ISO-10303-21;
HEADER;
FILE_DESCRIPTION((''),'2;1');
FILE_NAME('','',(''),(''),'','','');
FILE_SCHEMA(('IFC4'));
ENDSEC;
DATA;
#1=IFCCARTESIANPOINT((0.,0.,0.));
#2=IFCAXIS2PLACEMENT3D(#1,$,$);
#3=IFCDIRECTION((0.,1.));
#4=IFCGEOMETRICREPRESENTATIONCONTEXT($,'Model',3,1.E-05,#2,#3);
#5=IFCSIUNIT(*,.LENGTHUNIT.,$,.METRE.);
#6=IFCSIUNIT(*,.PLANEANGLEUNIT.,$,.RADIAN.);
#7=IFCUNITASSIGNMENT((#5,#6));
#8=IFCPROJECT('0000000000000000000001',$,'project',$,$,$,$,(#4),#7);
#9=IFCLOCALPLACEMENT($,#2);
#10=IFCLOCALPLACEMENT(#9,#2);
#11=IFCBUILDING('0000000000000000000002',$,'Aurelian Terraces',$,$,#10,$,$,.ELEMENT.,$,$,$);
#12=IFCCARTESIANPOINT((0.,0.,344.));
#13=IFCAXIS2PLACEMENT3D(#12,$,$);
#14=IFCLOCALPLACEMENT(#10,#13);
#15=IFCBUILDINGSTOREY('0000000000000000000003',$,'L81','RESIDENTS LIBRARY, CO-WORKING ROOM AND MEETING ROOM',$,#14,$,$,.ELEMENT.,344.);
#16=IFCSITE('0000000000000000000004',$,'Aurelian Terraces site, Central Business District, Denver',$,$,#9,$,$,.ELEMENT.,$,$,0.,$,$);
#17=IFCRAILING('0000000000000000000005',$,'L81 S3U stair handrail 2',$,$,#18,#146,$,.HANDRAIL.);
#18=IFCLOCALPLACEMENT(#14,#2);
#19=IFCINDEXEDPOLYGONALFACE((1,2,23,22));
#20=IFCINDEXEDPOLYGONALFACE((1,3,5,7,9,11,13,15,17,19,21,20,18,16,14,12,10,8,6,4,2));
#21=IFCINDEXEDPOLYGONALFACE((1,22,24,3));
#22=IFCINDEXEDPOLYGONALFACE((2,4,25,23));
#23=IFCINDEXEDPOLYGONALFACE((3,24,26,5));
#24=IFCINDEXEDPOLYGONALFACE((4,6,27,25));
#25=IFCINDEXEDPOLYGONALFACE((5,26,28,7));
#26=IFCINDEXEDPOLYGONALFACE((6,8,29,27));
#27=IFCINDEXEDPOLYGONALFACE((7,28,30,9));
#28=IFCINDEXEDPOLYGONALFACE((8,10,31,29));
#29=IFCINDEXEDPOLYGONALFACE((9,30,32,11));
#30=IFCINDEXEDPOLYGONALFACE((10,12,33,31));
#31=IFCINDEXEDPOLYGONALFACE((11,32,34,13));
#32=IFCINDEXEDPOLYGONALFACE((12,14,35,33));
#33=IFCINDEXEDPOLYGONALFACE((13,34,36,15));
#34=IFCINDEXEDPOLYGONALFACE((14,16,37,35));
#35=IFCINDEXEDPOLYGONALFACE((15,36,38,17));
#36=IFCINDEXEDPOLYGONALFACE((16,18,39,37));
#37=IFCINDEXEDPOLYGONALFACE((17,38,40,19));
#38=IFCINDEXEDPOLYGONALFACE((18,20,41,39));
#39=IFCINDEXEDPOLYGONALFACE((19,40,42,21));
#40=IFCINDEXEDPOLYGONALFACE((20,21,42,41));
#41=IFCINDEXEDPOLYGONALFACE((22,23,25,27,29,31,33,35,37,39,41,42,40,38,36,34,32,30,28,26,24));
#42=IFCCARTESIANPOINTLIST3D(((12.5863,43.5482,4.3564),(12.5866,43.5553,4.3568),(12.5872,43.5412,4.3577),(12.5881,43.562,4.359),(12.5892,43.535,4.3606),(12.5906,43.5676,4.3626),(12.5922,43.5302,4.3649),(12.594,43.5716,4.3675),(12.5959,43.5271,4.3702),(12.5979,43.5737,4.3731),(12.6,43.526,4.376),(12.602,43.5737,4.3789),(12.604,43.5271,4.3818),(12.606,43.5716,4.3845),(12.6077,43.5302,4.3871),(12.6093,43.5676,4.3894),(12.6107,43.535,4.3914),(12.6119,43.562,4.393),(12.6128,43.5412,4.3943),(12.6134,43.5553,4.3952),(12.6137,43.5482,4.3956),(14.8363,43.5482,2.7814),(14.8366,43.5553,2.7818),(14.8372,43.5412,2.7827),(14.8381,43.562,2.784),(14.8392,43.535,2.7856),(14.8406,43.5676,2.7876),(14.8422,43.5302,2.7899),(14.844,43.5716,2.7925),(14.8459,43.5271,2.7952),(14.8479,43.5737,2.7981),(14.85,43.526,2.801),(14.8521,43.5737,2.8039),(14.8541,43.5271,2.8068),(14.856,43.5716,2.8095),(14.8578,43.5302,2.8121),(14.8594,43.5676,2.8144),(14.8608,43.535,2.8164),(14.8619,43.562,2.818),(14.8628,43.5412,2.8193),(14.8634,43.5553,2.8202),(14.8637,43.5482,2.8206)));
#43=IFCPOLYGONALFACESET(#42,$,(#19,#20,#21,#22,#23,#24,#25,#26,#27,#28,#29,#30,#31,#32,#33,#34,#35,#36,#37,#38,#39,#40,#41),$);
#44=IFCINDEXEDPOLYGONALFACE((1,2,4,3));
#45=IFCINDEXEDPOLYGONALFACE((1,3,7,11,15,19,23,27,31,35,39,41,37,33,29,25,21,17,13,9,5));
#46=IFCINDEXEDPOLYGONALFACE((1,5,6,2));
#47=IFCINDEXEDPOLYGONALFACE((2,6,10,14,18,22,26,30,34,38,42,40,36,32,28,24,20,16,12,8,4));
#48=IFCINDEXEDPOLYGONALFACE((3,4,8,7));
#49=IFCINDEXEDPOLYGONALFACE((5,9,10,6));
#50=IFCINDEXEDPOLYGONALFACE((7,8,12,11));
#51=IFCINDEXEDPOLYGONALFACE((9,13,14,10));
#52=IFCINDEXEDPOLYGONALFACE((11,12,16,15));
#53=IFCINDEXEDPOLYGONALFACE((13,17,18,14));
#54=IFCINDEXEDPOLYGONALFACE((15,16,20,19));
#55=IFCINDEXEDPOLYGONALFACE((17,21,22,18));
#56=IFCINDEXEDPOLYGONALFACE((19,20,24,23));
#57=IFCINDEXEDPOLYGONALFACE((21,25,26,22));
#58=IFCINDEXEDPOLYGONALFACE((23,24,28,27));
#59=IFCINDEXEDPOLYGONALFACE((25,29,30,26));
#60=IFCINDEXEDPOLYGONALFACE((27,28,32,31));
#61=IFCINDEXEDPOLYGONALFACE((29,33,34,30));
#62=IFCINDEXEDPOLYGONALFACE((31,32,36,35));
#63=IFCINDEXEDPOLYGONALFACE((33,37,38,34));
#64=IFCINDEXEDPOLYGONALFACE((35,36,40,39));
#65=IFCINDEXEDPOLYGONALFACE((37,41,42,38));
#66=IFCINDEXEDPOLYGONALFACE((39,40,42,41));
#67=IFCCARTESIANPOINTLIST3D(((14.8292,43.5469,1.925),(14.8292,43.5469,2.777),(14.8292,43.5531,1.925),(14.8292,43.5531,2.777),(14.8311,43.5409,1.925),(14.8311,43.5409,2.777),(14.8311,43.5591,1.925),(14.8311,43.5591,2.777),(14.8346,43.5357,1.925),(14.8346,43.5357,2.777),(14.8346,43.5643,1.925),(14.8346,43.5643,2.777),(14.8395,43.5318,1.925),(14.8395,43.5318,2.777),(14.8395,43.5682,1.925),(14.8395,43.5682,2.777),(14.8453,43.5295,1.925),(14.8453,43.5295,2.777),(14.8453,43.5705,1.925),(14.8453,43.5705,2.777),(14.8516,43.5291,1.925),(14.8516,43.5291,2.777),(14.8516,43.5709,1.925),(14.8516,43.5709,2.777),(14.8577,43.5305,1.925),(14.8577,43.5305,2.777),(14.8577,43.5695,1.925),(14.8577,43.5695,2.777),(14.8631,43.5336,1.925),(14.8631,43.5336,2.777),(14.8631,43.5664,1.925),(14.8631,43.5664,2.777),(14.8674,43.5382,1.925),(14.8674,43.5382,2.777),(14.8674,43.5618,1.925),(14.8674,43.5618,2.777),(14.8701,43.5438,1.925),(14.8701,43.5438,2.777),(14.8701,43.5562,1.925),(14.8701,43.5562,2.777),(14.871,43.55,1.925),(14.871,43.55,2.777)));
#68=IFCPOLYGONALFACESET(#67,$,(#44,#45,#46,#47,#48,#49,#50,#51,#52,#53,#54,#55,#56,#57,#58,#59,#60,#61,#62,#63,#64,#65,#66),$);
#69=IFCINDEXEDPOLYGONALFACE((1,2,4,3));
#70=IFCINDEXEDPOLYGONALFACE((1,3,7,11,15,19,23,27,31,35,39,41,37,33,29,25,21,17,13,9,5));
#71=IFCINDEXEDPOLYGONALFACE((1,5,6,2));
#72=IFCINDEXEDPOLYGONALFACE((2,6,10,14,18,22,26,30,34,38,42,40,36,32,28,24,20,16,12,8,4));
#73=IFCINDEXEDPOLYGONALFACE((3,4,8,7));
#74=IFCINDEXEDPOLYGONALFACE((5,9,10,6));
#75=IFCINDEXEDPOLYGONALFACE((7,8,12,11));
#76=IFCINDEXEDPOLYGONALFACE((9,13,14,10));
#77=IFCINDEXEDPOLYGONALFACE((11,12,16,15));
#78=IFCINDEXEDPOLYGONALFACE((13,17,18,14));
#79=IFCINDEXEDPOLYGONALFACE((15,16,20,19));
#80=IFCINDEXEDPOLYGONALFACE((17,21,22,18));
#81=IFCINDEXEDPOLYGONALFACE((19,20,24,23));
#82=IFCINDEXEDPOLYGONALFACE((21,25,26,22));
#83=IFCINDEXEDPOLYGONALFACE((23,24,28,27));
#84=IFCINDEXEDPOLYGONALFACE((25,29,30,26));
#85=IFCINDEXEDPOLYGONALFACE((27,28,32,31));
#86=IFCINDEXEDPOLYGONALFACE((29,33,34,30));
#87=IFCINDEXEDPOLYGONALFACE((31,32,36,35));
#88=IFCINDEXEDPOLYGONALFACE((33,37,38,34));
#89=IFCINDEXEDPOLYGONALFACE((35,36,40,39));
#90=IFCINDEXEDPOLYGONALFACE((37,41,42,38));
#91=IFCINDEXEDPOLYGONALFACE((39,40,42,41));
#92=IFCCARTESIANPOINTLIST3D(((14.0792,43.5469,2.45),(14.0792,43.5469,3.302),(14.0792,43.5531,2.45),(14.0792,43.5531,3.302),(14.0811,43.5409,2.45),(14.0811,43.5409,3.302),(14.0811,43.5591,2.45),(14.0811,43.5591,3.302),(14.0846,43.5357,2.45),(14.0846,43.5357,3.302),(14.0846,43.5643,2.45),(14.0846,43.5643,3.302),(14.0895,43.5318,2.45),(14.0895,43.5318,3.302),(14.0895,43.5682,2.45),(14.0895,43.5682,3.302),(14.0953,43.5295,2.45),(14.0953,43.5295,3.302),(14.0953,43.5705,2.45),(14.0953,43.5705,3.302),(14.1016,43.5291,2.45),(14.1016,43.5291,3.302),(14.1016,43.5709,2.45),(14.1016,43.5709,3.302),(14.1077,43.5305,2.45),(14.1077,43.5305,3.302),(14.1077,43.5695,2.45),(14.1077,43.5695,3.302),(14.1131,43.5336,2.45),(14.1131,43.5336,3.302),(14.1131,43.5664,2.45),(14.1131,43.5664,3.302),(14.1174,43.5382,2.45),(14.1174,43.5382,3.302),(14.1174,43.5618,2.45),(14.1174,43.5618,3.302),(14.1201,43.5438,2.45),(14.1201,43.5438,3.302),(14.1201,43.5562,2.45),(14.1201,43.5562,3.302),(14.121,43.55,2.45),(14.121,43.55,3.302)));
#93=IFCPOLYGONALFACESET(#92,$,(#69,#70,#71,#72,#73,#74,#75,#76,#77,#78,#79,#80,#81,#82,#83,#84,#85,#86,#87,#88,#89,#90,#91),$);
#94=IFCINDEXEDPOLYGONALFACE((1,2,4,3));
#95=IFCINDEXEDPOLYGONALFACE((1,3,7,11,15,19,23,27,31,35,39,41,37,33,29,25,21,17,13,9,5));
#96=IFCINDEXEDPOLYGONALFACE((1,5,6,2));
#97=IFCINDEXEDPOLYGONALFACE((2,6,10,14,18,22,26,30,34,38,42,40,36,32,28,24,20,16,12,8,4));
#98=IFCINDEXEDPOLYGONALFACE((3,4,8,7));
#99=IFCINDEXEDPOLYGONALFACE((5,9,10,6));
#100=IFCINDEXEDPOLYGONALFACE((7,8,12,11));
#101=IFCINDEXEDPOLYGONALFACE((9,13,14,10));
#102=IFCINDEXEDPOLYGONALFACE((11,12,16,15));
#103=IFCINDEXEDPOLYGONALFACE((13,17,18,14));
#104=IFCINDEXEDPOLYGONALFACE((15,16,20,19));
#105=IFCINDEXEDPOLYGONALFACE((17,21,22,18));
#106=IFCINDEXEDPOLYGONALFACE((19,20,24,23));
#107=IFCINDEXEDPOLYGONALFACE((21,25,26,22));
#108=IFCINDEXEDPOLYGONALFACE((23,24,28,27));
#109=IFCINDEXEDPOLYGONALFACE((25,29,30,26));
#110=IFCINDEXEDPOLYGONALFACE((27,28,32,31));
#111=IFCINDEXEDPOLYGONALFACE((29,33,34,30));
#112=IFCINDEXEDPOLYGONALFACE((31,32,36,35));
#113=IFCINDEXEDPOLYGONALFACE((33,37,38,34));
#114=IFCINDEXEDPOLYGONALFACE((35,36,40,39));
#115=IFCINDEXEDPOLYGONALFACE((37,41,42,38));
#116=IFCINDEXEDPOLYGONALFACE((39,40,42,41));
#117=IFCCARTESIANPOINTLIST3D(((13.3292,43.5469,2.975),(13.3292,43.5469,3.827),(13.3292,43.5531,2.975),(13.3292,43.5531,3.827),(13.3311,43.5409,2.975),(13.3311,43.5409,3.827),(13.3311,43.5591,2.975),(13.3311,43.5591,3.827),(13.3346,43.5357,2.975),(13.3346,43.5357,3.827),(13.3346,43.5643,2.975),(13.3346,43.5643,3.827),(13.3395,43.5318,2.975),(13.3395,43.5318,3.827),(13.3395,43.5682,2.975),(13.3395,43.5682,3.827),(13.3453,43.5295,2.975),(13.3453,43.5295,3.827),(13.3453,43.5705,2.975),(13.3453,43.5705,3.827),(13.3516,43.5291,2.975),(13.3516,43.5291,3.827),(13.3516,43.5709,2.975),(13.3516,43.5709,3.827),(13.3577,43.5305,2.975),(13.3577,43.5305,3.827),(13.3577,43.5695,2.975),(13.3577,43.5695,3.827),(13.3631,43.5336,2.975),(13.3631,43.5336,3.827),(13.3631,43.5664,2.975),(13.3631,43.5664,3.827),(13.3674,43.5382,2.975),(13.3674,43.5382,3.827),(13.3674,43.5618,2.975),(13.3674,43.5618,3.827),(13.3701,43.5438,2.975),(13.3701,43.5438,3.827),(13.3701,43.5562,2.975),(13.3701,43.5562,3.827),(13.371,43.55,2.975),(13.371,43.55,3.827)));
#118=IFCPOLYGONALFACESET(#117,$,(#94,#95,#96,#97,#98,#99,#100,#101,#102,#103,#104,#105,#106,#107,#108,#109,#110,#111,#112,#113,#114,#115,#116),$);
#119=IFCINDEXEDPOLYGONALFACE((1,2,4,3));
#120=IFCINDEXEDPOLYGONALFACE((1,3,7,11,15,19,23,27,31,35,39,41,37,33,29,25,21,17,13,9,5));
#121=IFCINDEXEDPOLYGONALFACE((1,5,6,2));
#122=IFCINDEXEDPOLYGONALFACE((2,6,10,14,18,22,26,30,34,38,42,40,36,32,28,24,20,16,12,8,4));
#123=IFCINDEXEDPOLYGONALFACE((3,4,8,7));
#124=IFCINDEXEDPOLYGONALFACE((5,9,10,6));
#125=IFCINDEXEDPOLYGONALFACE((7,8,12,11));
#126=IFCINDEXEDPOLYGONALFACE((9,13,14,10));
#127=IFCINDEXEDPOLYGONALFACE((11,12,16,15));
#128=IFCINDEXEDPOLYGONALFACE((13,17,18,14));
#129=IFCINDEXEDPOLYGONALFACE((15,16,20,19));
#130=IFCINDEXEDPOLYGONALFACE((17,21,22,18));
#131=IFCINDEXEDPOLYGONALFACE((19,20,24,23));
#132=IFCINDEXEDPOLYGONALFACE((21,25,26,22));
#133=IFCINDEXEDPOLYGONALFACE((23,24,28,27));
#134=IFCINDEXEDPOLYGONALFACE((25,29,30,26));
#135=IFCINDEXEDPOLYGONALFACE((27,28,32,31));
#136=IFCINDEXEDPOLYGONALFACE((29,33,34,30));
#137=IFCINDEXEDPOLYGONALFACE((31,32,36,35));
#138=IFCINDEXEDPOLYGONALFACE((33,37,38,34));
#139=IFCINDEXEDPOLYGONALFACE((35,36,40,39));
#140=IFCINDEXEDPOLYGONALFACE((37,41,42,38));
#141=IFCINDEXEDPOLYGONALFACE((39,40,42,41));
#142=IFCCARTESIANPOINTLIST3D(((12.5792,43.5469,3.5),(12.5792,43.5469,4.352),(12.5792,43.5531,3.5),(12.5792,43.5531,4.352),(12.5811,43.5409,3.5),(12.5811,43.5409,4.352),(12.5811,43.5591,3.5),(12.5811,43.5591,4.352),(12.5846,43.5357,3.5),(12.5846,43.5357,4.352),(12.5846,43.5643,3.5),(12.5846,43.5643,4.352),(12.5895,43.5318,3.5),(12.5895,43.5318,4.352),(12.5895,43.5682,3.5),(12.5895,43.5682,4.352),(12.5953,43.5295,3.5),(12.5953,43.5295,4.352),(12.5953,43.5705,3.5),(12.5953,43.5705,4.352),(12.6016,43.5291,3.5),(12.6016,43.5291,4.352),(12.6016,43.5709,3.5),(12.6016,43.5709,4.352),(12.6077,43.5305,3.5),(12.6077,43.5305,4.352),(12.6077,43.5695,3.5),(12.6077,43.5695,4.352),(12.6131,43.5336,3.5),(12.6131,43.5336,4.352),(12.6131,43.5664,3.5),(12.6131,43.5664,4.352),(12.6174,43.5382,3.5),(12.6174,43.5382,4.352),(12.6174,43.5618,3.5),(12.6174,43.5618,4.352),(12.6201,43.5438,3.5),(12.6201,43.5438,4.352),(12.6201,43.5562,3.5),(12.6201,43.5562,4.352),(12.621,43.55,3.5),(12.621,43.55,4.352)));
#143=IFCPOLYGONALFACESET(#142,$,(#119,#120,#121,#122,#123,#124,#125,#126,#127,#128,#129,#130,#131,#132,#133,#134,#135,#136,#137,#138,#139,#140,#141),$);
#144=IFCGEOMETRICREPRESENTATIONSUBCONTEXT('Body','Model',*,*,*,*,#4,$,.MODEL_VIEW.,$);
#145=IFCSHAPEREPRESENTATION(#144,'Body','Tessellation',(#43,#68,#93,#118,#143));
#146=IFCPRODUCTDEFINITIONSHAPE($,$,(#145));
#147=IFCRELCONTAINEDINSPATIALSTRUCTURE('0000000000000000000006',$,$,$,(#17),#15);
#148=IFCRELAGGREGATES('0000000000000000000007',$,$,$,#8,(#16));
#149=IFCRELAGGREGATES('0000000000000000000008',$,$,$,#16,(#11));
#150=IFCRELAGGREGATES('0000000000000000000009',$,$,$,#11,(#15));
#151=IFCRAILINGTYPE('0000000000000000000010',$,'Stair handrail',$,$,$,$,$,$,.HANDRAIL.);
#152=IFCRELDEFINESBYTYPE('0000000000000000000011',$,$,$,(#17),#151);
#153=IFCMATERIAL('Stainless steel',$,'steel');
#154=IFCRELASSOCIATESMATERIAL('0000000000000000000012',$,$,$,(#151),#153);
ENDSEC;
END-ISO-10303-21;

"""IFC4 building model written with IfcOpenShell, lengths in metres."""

from ifc_helpers import new_model, si_unit, direction, frame, origin, origin_2d, place, context, subcontext, project, spatial, circle, extrude, source, transform, mapped, material, type_object, element, save


model = new_model("IFC4")

# Units and contexts
model_context = context("Model", 3, precision=1e-05, world=origin(), true_north=direction((0.0, 1.0)))
body_context = subcontext(model_context, "Body", "Model", "MODEL_VIEW")
ifc_project = project(units=[si_unit("LENGTHUNIT", "METRE"), si_unit("PLANEANGLEUNIT", "RADIAN")], contexts=[model_context])

# Site, building, storey
site_placement = place(None, origin())
site = spatial("IfcSite", under=ifc_project, at=site_placement, Name="Aurelian Terraces site, Central Business District, Denver", CompositionType="ELEMENT", RefElevation=0.0)
building_placement = place(site_placement, origin())
building = spatial("IfcBuilding", under=site, at=building_placement, Name="Aurelian Terraces", CompositionType="ELEMENT")
storey_placement = place(building_placement, frame((0.0, 0.0, 344.0)))
storey = spatial("IfcBuildingStorey", under=building, at=storey_placement, Name="L81", Description="RESIDENTS LIBRARY, CO-WORKING ROOM AND MEETING ROOM", CompositionType="ELEMENT", Elevation=344.0)

# Railing
ifc_material_1 = material(Name="Stainless steel", Category="steel")
railing_type_1 = type_object("IfcRailingType", Name="Stair handrail", PredefinedType="HANDRAIL", material=ifc_material_1)
shared_shape_1 = source(origin(), body_context, "Body", "SweptSolid", [
    extrude(circle(Radius=0.024, at=origin_2d()), frame((0.0, 0.0, 0.876), z_axis=(-0.819232, 0.0, 0.573462), x_axis=(0.0, -1.0, 0.0)), (0.0, 0.0, 1.0), 2.7465),
    extrude(circle(Radius=0.021, at=origin_2d()), origin(), (0.0, 0.0, 1.0), 0.852),
    extrude(circle(Radius=0.021, at=origin_2d()), frame((-0.75, 0.0, 0.525)), (0.0, 0.0, 1.0), 0.852),
    extrude(circle(Radius=0.021, at=origin_2d()), frame((-1.5, 0.0, 1.05)), (0.0, 0.0, 1.0), 0.852),
    extrude(circle(Radius=0.021, at=origin_2d()), frame((-2.25, 0.0, 1.575)), (0.0, 0.0, 1.0), 0.852),
])
railing_1_placement = place(storey_placement, frame((14.85, 43.55, 1.925)))
element("IfcRailing", 1, at=railing_1_placement, inside=storey, type_object=railing_type_1, Name="L81 S3U stair handrail 2", PredefinedType="HANDRAIL", context=body_context, shape_type="MappedRepresentation", body=[
    mapped(shared_shape_1, transform((0.0, 0.0, 0.0), scale=1.0)),
])

save(model, "model.ifc")
